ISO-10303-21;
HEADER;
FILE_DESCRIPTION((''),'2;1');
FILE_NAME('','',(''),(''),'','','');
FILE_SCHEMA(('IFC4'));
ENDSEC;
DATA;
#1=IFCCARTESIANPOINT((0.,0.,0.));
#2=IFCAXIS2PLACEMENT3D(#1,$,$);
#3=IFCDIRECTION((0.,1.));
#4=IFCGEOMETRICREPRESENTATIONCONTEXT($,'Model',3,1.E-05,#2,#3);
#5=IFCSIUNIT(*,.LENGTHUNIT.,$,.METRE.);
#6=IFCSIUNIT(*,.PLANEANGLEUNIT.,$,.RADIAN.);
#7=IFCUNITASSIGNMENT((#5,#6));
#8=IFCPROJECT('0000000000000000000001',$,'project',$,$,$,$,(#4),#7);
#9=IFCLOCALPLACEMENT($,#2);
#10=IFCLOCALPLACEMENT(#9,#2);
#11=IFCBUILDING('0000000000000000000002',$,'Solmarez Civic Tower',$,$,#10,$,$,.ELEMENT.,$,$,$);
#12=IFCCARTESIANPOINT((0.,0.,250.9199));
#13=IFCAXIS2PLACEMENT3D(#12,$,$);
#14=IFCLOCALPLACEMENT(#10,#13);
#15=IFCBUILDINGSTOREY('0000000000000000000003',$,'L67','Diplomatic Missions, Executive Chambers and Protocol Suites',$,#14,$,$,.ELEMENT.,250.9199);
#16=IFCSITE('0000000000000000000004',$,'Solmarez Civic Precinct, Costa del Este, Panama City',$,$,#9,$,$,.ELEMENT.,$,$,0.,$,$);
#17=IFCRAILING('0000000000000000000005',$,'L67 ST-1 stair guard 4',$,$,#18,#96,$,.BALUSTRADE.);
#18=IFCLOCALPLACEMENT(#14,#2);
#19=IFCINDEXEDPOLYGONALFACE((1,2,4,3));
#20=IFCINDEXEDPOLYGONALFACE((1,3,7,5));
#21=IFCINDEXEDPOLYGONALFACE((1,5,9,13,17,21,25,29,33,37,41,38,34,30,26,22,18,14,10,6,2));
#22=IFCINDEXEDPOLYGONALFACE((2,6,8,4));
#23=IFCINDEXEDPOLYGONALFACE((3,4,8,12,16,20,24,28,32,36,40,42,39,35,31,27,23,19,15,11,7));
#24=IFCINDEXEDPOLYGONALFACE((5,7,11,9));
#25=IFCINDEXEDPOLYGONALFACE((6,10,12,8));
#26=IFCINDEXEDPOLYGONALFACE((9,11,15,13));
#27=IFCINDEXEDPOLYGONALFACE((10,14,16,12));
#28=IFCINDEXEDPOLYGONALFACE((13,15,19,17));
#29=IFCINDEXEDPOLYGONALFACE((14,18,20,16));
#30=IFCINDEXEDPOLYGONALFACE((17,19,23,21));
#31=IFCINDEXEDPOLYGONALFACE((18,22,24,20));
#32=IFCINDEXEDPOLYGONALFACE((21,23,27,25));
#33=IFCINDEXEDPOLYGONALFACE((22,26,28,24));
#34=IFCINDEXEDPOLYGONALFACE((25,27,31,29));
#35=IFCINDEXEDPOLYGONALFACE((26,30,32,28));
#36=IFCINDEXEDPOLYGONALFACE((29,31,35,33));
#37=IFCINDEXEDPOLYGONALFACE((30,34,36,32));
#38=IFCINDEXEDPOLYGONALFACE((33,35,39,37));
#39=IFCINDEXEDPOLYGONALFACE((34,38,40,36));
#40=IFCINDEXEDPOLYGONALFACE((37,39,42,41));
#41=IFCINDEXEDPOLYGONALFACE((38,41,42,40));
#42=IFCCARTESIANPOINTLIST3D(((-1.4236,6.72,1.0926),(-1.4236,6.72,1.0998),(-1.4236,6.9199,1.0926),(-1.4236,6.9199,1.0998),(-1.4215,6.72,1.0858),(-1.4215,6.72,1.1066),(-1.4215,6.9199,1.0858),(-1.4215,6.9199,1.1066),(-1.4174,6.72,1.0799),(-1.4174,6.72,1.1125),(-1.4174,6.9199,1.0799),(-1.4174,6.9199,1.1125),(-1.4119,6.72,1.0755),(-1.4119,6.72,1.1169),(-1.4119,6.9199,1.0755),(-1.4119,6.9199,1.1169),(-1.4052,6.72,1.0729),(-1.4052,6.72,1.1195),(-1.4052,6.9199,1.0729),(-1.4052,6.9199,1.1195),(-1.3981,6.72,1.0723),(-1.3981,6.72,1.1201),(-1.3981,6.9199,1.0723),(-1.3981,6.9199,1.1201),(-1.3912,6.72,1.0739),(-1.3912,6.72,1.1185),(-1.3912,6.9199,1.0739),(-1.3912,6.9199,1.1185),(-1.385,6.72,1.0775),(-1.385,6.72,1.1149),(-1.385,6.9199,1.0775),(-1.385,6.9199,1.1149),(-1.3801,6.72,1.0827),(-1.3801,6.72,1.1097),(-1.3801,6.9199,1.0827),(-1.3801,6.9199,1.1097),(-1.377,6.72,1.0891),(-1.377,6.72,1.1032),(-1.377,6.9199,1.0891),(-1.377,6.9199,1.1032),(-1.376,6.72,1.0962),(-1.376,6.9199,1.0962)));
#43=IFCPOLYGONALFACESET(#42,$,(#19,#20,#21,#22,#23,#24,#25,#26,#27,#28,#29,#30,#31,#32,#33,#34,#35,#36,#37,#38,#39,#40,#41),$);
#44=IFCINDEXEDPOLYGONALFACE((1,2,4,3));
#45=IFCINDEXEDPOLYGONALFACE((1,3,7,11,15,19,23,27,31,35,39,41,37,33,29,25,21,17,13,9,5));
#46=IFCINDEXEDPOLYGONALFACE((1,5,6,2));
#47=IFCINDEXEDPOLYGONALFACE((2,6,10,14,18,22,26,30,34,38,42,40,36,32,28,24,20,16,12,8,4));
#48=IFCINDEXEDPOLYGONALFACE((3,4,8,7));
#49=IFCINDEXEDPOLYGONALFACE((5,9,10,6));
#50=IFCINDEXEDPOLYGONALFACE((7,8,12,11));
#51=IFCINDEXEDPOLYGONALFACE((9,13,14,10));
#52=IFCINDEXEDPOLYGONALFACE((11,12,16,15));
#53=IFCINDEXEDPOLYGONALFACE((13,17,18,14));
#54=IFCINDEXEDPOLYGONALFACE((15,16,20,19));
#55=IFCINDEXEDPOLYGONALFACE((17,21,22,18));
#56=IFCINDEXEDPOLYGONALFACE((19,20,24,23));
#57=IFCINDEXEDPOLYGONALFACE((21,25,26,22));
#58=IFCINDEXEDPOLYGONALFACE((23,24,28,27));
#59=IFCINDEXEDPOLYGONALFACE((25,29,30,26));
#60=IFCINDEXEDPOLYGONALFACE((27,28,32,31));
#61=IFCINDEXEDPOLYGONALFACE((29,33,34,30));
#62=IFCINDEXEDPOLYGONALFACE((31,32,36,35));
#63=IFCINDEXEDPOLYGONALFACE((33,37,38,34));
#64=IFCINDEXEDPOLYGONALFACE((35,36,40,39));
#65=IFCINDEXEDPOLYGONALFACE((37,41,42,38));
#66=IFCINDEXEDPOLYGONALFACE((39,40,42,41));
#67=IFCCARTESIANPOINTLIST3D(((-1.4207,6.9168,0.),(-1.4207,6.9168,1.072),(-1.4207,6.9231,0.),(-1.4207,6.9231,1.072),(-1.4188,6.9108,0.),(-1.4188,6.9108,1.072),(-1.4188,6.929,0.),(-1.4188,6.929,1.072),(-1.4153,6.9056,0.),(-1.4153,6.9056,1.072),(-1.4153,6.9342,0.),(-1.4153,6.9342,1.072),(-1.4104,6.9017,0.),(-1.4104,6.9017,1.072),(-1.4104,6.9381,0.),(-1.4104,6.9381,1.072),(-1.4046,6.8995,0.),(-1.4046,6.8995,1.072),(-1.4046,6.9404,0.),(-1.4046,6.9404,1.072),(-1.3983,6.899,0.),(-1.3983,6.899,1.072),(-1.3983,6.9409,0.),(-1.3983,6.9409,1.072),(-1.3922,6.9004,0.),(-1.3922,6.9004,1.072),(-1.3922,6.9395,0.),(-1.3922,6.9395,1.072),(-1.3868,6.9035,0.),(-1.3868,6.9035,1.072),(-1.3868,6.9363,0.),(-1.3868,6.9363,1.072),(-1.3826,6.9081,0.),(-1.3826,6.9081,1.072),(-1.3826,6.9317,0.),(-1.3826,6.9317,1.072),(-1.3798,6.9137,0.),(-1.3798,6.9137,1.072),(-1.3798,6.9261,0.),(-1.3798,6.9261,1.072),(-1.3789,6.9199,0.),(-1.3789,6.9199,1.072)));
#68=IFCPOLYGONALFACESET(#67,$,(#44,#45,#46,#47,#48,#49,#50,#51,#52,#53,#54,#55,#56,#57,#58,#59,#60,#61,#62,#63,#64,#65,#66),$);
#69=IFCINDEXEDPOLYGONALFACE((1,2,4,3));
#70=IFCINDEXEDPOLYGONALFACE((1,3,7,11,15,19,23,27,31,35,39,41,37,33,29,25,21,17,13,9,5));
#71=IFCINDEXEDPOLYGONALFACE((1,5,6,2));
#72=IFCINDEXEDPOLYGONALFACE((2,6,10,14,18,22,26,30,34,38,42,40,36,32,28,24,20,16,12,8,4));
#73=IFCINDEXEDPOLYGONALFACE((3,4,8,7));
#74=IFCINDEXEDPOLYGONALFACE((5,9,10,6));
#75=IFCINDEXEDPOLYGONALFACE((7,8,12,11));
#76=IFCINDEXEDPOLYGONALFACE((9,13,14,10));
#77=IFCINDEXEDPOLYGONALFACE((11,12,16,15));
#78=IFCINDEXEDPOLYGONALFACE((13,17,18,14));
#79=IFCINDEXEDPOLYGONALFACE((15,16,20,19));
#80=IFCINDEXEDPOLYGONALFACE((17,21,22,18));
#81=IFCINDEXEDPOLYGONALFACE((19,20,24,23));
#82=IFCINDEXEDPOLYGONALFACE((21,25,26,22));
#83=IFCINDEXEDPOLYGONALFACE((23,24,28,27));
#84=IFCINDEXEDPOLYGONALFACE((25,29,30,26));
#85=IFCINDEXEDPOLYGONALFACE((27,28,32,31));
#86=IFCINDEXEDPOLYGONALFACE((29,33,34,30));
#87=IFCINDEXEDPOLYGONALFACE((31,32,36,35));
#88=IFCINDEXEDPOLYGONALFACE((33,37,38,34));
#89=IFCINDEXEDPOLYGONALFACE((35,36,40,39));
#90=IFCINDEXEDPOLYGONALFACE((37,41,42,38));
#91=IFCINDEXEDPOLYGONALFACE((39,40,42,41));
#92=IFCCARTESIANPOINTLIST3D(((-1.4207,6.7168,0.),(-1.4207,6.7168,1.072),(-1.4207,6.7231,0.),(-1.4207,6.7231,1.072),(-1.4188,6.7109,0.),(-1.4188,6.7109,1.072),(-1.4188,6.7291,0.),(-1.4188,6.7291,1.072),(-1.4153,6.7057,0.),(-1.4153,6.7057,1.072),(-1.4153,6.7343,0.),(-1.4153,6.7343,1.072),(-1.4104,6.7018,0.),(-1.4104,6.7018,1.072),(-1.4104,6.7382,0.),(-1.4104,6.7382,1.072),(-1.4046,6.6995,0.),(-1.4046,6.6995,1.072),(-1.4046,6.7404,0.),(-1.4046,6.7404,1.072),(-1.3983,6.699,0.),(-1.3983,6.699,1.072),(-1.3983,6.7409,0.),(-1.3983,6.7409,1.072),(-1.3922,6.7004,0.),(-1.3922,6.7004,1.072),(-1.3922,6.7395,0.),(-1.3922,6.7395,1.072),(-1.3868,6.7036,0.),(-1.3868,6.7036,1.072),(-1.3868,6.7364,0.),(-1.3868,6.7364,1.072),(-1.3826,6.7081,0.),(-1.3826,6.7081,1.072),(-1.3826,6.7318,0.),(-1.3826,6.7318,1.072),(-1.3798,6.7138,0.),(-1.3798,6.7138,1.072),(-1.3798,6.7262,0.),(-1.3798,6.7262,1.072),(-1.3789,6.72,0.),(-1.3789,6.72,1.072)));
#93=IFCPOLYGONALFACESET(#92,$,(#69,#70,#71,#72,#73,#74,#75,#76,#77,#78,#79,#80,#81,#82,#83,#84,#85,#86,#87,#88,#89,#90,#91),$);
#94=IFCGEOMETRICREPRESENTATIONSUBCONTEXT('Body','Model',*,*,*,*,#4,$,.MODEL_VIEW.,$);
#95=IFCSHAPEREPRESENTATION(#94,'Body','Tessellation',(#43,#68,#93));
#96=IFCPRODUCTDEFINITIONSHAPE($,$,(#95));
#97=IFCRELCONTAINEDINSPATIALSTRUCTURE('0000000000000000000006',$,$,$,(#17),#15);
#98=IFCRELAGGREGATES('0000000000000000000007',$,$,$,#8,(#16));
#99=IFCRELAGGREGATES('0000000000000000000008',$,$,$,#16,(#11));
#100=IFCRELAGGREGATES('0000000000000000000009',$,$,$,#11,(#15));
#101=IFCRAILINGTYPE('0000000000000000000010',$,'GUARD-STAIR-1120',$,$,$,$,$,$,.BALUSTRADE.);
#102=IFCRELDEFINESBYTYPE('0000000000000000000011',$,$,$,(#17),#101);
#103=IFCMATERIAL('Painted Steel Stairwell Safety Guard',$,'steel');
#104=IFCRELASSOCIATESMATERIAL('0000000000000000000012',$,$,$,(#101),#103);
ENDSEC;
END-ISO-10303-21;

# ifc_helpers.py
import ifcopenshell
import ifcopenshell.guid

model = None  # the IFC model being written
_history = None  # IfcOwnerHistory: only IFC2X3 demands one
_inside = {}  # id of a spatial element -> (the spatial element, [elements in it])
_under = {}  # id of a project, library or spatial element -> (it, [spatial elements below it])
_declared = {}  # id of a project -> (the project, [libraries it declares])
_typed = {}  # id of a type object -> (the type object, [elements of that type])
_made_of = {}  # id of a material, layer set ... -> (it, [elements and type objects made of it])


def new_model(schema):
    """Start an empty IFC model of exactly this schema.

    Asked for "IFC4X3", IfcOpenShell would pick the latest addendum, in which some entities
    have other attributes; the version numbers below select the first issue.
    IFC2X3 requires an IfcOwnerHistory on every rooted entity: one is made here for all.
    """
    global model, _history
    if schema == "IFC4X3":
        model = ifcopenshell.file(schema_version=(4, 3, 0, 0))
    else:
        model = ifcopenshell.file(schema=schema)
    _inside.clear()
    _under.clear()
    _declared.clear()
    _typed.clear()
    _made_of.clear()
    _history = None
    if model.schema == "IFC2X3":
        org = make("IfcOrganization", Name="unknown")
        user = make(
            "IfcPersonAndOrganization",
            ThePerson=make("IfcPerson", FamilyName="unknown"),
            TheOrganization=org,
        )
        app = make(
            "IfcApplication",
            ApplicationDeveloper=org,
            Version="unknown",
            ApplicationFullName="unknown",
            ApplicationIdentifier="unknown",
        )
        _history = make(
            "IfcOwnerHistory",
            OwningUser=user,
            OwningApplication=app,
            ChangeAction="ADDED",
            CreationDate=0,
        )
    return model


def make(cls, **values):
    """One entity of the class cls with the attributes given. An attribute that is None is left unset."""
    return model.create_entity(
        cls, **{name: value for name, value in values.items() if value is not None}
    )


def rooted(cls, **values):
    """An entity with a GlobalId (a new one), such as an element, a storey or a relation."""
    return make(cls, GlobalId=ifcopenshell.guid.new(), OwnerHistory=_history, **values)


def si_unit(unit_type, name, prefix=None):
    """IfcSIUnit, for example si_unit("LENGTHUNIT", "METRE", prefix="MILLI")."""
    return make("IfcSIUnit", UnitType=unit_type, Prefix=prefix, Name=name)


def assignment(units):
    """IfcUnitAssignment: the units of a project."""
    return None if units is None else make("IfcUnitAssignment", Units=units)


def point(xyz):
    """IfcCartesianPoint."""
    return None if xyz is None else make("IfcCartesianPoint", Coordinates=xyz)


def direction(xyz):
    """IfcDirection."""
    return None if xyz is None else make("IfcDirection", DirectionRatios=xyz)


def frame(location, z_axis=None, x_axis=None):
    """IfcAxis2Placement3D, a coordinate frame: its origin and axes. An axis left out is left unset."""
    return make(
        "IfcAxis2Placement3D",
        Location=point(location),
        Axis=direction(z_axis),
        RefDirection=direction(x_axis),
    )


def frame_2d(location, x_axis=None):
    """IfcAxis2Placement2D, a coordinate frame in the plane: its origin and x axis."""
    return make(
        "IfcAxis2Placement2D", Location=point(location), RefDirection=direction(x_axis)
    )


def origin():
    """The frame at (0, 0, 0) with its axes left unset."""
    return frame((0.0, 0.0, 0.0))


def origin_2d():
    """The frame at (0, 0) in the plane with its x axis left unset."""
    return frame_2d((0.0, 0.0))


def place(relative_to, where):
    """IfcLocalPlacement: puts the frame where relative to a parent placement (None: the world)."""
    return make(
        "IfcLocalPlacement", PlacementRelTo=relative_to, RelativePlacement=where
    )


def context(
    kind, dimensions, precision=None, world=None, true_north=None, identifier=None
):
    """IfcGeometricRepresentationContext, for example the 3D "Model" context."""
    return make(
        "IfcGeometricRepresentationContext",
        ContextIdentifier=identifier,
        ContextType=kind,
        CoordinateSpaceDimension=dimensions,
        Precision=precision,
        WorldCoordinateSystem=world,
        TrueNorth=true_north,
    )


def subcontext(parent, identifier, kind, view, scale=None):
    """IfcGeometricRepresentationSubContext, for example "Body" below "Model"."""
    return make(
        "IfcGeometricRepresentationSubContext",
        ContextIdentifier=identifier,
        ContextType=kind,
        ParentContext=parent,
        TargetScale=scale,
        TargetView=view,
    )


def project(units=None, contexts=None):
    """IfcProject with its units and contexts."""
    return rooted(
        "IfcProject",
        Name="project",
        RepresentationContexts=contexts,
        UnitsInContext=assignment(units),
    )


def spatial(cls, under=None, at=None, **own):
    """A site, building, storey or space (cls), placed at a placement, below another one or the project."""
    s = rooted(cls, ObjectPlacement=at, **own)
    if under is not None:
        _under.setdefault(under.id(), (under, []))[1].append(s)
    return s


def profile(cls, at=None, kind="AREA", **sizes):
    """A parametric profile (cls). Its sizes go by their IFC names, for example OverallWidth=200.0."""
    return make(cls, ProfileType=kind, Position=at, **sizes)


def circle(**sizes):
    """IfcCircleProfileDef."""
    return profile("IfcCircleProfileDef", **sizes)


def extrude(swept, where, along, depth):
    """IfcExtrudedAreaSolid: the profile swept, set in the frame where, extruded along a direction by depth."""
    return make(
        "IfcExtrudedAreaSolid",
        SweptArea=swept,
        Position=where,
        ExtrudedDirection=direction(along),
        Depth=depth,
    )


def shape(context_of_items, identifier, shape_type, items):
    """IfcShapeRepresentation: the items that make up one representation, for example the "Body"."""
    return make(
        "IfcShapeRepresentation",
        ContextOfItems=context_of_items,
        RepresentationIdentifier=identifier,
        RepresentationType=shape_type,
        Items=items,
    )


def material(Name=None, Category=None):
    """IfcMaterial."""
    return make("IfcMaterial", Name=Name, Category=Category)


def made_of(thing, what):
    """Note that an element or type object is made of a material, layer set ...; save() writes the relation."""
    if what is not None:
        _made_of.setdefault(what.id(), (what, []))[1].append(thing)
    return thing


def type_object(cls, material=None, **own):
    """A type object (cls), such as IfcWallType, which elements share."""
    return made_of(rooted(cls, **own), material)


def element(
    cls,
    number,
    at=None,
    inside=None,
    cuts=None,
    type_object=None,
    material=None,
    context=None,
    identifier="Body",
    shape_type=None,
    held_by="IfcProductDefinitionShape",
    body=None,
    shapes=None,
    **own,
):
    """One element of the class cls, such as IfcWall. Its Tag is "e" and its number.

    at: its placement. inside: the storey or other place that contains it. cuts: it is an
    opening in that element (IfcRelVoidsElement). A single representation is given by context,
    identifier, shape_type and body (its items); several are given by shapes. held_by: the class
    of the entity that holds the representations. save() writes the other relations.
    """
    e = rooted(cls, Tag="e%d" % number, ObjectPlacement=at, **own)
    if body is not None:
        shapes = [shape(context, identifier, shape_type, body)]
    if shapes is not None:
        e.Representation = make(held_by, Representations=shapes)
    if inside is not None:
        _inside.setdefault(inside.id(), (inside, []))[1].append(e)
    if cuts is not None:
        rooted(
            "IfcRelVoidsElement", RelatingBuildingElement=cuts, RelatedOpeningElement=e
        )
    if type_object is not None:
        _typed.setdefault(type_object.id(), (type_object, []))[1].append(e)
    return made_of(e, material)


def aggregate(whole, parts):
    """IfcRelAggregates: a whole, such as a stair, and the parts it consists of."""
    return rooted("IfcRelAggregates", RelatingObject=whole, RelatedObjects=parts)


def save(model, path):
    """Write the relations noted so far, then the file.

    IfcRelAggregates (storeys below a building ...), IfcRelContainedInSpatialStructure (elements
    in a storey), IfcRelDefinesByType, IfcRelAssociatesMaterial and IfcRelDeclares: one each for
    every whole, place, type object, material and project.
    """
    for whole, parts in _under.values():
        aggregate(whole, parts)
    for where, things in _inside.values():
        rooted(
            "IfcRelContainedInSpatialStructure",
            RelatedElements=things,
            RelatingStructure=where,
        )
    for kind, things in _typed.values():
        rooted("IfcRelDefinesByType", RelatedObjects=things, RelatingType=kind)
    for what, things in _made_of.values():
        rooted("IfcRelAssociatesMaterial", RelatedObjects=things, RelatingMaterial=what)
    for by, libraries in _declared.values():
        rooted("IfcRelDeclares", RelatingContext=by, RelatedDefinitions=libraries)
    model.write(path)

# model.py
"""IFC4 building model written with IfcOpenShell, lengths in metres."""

from ifc_helpers import new_model, si_unit, direction, frame, origin, origin_2d, place, context, subcontext, project, spatial, circle, extrude, material, type_object, element, save


model = new_model("IFC4")

# Units and contexts
model_context = context("Model", 3, precision=1e-05, world=origin(), true_north=direction((0.0, 1.0)))
body_context = subcontext(model_context, "Body", "Model", "MODEL_VIEW")
ifc_project = project(units=[si_unit("LENGTHUNIT", "METRE"), si_unit("PLANEANGLEUNIT", "RADIAN")], contexts=[model_context])

# Site, building, storey
site_placement = place(None, origin())
site = spatial("IfcSite", under=ifc_project, at=site_placement, Name="Solmarez Civic Precinct, Costa del Este, Panama City", CompositionType="ELEMENT", RefElevation=0.0)
building_placement = place(site_placement, origin())
building = spatial("IfcBuilding", under=site, at=building_placement, Name="Solmarez Civic Tower", CompositionType="ELEMENT")
storey_placement = place(building_placement, frame((0.0, 0.0, 250.9199)))
storey = spatial("IfcBuildingStorey", under=building, at=storey_placement, Name="L67", Description="Diplomatic Missions, Executive Chambers and Protocol Suites", CompositionType="ELEMENT", Elevation=250.9199)

# Railing
ifc_material_1 = material(Name="Painted Steel Stairwell Safety Guard", Category="steel")
railing_type_1 = type_object("IfcRailingType", Name="GUARD-STAIR-1120", PredefinedType="BALUSTRADE", material=ifc_material_1)
railing_1_placement = place(storey_placement, frame((-1.3999, 6.9199, 0.0)))
element("IfcRailing", 1, at=railing_1_placement, inside=storey, type_object=railing_type_1, Name="L67 ST-1 stair guard 4", PredefinedType="BALUSTRADE", context=body_context, shape_type="SweptSolid", body=[
    extrude(circle(Radius=0.0239, at=origin_2d()), frame((0.0, 0.0, 1.0962), z_axis=(0.0, -1.0, 0.0), x_axis=(1.0, 0.0, 0.0)), (0.0, 0.0, 1.0), 0.2),
    extrude(circle(Radius=0.021, at=origin_2d()), origin(), (0.0, 0.0, 1.0), 1.072),
    extrude(circle(Radius=0.021, at=origin_2d()), frame((0.0, -0.2, 0.0)), (0.0, 0.0, 1.0), 1.072),
])

save(model, "model.ifc")
